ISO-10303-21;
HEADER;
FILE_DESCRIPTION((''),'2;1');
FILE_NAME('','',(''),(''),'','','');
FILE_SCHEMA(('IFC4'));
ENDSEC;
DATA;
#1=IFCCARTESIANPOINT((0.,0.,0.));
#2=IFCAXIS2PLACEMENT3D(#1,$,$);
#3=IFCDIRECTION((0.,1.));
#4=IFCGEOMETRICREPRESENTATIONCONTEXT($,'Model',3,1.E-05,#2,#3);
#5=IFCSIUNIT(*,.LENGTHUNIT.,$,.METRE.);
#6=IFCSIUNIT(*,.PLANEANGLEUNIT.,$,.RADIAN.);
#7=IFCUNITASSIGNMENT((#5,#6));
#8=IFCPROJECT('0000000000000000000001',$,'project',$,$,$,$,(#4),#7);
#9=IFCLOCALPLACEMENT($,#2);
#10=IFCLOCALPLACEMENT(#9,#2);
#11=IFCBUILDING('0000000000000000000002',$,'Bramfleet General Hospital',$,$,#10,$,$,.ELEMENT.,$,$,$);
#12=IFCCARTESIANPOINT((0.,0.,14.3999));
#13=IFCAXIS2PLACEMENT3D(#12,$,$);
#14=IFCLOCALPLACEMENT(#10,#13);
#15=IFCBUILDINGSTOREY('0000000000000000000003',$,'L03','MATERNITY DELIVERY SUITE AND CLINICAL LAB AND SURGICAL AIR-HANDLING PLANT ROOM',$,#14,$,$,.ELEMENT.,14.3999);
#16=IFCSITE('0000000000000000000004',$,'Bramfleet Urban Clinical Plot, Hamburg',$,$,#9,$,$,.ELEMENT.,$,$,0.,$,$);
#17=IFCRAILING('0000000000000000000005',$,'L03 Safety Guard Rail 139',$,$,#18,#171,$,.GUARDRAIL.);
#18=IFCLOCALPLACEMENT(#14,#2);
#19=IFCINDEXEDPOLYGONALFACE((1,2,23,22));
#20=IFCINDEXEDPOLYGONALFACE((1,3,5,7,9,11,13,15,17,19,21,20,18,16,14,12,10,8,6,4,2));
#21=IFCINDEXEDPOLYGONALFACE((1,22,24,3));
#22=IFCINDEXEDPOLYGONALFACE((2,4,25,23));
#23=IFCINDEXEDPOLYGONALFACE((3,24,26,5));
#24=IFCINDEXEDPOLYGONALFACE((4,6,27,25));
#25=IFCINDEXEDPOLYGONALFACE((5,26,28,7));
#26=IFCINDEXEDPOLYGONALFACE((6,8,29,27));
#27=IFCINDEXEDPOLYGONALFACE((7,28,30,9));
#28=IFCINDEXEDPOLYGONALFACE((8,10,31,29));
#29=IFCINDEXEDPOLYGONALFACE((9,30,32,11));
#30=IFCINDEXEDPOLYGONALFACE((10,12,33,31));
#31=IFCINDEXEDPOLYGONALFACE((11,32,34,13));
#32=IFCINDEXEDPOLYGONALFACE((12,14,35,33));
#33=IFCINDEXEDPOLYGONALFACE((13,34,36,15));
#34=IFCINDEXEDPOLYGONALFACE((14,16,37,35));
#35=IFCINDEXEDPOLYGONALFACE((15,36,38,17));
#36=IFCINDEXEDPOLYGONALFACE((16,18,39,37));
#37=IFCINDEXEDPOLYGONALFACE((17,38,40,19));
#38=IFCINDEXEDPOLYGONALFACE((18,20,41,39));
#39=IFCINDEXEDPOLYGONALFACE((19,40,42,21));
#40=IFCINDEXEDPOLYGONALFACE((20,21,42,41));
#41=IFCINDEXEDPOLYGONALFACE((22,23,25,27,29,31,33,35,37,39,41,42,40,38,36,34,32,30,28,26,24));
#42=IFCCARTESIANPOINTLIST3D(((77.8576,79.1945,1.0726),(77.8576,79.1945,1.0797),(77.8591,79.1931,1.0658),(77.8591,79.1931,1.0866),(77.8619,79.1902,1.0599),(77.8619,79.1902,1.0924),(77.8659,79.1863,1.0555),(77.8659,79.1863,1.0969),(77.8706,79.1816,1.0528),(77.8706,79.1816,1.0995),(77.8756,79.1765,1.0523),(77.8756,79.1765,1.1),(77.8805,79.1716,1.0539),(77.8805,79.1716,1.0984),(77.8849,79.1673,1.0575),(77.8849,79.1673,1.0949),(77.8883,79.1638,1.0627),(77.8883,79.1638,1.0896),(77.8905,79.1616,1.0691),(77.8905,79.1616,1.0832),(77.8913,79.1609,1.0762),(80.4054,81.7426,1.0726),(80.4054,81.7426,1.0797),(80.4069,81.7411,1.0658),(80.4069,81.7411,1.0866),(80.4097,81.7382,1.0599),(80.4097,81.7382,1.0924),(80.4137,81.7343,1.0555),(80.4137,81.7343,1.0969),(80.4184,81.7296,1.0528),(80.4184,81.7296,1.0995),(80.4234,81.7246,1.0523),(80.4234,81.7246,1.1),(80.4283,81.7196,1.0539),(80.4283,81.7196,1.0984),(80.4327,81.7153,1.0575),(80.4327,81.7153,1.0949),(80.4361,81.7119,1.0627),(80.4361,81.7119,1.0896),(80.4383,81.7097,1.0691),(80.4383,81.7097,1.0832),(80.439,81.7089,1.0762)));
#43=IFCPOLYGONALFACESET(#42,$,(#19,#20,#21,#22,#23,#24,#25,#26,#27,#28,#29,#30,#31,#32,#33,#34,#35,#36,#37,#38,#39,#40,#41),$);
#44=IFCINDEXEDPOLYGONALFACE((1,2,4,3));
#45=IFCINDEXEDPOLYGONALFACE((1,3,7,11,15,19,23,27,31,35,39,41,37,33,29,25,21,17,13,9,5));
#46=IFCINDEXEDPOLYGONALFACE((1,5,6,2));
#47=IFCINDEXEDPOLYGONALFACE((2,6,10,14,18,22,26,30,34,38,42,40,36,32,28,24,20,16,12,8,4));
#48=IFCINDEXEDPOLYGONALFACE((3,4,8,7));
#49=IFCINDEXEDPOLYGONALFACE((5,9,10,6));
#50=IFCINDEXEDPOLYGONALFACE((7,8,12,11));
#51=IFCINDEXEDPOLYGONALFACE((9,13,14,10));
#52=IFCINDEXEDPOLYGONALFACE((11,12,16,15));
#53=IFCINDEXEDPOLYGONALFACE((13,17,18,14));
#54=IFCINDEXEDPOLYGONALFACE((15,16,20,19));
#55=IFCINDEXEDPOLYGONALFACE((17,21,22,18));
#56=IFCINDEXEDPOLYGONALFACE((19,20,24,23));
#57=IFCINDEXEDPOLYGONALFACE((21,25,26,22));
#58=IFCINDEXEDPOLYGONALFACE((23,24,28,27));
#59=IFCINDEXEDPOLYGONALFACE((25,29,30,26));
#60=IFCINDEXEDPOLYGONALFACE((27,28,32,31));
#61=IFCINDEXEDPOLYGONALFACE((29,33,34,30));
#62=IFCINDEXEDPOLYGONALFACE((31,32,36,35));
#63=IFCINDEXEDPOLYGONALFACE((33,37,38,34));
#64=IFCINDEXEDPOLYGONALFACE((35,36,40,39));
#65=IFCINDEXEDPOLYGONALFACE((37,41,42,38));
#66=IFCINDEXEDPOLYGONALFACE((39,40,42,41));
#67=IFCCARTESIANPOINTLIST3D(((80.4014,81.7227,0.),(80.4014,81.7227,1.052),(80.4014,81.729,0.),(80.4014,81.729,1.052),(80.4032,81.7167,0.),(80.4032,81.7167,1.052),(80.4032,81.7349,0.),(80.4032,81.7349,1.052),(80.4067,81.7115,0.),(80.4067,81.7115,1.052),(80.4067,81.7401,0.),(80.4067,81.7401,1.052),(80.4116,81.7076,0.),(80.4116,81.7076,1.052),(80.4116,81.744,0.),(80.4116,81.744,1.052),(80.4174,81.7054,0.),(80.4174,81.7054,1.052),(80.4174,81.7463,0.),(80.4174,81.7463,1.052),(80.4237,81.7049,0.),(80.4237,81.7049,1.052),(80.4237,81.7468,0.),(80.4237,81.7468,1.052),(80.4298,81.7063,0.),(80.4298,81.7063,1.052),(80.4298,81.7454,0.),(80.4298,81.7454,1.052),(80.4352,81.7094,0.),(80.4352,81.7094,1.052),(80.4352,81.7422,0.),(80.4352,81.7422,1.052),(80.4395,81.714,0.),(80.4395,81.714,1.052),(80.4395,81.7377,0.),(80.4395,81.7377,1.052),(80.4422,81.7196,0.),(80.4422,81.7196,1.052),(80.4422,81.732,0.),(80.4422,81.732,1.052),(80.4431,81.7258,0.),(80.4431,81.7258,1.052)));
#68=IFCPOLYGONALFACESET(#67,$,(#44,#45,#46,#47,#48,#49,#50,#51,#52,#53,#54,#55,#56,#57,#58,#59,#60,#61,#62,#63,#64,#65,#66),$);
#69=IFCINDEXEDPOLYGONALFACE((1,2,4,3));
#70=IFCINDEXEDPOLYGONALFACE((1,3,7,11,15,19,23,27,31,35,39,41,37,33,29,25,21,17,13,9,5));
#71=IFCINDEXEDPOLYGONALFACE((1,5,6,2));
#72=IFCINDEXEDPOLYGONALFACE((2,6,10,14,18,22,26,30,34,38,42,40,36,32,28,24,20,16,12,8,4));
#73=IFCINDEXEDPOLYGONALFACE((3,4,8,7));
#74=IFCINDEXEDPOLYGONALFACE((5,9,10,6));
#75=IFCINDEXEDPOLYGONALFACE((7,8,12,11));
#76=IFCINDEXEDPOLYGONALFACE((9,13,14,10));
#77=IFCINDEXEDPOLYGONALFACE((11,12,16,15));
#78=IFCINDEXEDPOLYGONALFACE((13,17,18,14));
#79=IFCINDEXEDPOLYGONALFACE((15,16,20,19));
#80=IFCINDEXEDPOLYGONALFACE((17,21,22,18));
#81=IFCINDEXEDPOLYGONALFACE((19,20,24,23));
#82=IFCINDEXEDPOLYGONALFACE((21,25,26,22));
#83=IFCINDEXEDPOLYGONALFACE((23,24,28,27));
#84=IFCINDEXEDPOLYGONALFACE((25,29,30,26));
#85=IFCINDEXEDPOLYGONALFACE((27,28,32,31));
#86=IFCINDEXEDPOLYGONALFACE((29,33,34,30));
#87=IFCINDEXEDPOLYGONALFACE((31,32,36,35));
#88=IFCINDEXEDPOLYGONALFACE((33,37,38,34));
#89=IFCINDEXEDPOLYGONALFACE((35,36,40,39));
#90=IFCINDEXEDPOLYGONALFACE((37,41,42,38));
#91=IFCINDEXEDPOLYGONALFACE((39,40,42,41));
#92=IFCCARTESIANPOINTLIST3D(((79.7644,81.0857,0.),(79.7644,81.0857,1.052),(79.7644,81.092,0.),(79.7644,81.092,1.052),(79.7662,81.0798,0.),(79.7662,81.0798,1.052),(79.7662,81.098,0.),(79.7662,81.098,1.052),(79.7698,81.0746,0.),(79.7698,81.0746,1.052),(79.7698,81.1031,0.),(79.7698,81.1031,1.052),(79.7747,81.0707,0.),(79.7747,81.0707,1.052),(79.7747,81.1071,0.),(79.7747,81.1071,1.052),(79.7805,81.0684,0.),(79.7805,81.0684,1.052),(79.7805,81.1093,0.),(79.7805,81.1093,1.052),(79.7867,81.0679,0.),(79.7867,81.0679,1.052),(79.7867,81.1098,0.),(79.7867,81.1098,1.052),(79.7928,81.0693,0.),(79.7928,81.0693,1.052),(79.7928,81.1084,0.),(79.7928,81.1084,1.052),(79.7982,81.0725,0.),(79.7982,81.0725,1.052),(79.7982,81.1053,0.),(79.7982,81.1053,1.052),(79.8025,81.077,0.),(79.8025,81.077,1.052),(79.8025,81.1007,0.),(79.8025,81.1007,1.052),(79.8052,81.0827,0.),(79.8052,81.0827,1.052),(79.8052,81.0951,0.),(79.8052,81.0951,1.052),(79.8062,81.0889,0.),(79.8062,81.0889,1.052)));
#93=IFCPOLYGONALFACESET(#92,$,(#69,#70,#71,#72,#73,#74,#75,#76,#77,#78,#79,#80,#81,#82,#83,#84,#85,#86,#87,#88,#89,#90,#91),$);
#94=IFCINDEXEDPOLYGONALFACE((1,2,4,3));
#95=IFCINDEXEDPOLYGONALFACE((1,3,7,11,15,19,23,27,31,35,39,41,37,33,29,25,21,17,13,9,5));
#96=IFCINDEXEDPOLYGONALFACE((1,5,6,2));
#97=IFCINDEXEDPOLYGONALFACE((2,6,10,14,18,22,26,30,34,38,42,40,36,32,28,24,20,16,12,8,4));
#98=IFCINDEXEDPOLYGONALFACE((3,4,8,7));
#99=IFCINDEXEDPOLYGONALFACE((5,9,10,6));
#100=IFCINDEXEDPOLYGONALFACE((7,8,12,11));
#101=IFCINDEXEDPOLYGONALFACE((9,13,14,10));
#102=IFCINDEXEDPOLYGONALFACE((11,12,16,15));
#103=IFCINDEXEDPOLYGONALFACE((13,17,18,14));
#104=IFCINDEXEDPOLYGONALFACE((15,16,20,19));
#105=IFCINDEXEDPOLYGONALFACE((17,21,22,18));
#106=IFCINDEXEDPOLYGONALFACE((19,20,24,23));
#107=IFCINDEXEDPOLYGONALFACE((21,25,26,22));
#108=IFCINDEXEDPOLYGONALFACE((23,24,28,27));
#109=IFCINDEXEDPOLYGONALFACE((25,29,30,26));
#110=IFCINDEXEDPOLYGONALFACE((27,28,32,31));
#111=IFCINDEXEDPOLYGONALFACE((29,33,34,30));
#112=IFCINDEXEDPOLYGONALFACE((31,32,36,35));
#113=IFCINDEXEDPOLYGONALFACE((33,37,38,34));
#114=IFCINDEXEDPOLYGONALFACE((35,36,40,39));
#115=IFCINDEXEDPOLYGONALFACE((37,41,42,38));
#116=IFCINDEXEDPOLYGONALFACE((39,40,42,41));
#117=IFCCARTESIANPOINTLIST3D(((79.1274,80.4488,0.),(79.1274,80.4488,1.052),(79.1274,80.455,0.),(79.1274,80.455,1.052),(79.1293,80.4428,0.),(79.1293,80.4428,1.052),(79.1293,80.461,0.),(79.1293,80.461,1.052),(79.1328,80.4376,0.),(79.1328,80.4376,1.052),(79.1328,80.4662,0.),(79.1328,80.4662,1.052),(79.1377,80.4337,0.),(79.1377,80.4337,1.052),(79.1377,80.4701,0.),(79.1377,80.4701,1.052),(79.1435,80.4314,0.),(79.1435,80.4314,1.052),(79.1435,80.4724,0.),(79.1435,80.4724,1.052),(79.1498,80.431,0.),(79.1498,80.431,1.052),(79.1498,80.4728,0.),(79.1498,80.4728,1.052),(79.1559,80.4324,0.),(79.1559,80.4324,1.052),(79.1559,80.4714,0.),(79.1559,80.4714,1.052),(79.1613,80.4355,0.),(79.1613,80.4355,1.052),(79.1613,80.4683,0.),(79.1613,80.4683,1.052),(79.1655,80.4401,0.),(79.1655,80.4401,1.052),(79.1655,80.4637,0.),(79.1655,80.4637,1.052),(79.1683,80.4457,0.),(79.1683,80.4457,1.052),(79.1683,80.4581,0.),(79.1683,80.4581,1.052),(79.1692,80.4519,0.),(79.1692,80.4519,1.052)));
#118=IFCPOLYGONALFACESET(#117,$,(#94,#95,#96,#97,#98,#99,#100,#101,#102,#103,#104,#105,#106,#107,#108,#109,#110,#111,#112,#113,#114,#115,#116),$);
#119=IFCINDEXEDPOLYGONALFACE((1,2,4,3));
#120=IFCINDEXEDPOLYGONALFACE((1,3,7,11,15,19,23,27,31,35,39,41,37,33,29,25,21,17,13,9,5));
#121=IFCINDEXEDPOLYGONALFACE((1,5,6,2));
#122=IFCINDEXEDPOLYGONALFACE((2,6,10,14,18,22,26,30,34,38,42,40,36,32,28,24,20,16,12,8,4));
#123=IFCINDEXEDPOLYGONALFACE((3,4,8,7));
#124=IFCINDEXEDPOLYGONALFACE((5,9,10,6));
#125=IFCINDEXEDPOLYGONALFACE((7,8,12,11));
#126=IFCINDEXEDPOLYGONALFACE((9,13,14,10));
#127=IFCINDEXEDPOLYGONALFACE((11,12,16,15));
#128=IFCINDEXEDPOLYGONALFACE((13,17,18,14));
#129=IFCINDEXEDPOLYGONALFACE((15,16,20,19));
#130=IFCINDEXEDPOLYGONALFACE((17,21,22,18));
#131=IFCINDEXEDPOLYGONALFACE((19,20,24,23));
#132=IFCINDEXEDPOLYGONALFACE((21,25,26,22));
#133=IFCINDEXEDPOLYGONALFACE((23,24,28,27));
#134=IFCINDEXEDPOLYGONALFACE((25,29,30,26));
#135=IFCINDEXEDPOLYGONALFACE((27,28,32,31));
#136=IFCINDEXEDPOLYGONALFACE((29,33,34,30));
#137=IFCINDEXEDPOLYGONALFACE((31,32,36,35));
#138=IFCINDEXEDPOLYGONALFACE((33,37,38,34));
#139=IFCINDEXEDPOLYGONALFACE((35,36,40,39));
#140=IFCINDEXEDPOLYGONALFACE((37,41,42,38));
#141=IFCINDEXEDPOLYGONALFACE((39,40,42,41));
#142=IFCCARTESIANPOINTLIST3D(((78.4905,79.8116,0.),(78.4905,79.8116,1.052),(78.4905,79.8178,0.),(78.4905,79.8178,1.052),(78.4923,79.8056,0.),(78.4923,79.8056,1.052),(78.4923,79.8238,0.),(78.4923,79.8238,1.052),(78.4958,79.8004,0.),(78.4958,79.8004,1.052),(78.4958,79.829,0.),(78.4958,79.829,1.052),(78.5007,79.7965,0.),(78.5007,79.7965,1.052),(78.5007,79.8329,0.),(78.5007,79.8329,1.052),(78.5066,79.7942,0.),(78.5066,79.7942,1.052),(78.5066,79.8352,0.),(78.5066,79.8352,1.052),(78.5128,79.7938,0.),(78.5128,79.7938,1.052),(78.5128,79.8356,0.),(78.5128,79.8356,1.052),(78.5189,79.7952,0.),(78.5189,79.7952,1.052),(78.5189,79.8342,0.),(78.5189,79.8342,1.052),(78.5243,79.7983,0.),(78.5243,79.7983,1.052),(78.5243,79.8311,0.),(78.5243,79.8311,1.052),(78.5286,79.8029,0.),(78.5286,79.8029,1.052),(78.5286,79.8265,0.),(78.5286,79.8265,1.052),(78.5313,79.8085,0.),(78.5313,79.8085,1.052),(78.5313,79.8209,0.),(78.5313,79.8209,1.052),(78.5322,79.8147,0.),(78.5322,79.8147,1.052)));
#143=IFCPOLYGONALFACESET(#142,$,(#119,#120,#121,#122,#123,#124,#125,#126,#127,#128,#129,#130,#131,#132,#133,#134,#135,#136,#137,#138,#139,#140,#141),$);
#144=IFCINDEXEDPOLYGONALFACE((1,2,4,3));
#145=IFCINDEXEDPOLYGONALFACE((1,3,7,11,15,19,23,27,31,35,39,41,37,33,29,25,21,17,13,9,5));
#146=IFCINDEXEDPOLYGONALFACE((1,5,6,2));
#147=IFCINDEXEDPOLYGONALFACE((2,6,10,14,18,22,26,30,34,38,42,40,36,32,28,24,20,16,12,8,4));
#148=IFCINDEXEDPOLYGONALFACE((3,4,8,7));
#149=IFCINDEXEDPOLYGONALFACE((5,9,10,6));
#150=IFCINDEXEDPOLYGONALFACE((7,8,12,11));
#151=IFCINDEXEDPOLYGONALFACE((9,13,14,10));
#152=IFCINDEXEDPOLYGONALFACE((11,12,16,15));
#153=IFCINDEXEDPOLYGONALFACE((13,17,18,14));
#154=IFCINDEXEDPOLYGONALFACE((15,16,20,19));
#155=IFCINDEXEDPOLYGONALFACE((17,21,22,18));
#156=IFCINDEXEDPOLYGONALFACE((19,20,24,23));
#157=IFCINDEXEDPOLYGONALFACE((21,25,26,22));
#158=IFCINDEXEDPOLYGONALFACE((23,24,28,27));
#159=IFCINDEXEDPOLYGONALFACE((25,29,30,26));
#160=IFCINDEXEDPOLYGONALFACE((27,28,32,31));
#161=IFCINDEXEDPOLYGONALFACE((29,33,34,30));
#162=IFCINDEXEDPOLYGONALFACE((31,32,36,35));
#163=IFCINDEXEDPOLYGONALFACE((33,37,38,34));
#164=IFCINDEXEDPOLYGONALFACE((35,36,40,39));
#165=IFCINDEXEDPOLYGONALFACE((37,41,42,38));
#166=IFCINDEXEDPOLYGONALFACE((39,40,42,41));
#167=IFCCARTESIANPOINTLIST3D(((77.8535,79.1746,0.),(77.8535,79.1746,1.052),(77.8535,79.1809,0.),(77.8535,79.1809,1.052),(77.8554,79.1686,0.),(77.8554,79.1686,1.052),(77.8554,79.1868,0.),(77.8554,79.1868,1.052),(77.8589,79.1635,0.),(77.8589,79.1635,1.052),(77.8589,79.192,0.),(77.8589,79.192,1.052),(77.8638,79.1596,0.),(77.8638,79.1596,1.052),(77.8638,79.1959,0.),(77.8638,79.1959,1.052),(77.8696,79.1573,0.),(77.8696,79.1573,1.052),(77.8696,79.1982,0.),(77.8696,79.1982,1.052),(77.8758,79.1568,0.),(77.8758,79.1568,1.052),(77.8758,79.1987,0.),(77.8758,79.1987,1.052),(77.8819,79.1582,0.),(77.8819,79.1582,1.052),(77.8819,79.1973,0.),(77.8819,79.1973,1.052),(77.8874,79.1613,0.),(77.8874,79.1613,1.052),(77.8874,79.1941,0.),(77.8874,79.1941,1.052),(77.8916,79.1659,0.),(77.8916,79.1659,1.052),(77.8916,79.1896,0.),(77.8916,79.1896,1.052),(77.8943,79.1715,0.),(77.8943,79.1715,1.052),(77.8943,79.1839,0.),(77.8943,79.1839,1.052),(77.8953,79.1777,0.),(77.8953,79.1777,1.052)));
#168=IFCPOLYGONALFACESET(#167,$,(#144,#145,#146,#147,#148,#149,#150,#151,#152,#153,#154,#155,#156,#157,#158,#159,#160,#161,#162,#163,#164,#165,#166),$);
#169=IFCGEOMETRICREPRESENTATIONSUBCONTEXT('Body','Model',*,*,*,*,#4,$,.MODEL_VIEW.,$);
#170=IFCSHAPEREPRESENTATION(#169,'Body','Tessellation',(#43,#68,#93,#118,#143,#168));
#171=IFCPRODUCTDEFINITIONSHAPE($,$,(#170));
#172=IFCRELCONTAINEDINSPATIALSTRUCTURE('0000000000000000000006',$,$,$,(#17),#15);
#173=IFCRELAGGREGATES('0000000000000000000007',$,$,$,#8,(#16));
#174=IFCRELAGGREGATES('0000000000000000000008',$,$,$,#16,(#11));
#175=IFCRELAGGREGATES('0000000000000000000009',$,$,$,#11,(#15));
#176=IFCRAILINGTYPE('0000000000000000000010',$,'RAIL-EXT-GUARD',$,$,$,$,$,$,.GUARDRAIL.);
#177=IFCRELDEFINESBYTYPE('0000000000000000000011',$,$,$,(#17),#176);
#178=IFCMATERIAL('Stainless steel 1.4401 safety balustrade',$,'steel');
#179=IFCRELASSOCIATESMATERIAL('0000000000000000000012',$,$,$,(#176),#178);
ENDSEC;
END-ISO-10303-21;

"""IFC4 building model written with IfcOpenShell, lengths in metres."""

from ifc_helpers import new_model, si_unit, direction, frame, origin, origin_2d, place, context, subcontext, project, spatial, circle, extrude, material, type_object, element, save


model = new_model("IFC4")

# Units and contexts
model_context = context("Model", 3, precision=1e-05, world=origin(), true_north=direction((0.0, 1.0)))
body_context = subcontext(model_context, "Body", "Model", "MODEL_VIEW")
ifc_project = project(units=[si_unit("LENGTHUNIT", "METRE"), si_unit("PLANEANGLEUNIT", "RADIAN")], contexts=[model_context])

# Site, building, storey
site_placement = place(None, origin())
site = spatial("IfcSite", under=ifc_project, at=site_placement, Name="Bramfleet Urban Clinical Plot, Hamburg", CompositionType="ELEMENT", RefElevation=0.0)
building_placement = place(site_placement, origin())
building = spatial("IfcBuilding", under=site, at=building_placement, Name="Bramfleet General Hospital", CompositionType="ELEMENT")
storey_placement = place(building_placement, frame((0.0, 0.0, 14.3999)))
storey = spatial("IfcBuildingStorey", under=building, at=storey_placement, Name="L03", Description="MATERNITY DELIVERY SUITE AND CLINICAL LAB AND SURGICAL AIR-HANDLING PLANT ROOM", CompositionType="ELEMENT", Elevation=14.3999)

# Railing
ifc_material_1 = material(Name="Stainless steel 1.4401 safety balustrade", Category="steel")
railing_type = type_object("IfcRailingType", Name="RAIL-EXT-GUARD", PredefinedType="GUARDRAIL", material=ifc_material_1)
railing_placement = place(storey_placement, frame((80.4221, 81.7258, 0.0)))
element("IfcRailing", 1, at=railing_placement, inside=storey, type_object=railing_type, Name="L03 Safety Guard Rail 139", PredefinedType="GUARDRAIL", context=body_context, shape_type="SweptSolid", body=[
    extrude(circle(Radius=0.0239, at=origin_2d()), frame((0.0, 0.0, 1.0762), z_axis=(-0.707073, -0.707141, 0.0), x_axis=(0.707141, -0.707073, 0.0)), (0.0, 0.0, 1.0), 3.6033),
    extrude(circle(Radius=0.021, at=origin_2d()), origin(), (0.0, 0.0, 1.0), 1.052),
    extrude(circle(Radius=0.021, at=origin_2d()), frame((-0.637, -0.637, 0.0)), (0.0, 0.0, 1.0), 1.052),
    extrude(circle(Radius=0.021, at=origin_2d()), frame((-1.2739, -1.2739, 0.0)), (0.0, 0.0, 1.0), 1.052),
    extrude(circle(Radius=0.021, at=origin_2d()), frame((-1.9109, -1.9111, 0.0)), (0.0, 0.0, 1.0), 1.052),
    extrude(circle(Radius=0.021, at=origin_2d()), frame((-2.5479, -2.5481, 0.0)), (0.0, 0.0, 1.0), 1.052),
])

save(model, "model.ifc")
